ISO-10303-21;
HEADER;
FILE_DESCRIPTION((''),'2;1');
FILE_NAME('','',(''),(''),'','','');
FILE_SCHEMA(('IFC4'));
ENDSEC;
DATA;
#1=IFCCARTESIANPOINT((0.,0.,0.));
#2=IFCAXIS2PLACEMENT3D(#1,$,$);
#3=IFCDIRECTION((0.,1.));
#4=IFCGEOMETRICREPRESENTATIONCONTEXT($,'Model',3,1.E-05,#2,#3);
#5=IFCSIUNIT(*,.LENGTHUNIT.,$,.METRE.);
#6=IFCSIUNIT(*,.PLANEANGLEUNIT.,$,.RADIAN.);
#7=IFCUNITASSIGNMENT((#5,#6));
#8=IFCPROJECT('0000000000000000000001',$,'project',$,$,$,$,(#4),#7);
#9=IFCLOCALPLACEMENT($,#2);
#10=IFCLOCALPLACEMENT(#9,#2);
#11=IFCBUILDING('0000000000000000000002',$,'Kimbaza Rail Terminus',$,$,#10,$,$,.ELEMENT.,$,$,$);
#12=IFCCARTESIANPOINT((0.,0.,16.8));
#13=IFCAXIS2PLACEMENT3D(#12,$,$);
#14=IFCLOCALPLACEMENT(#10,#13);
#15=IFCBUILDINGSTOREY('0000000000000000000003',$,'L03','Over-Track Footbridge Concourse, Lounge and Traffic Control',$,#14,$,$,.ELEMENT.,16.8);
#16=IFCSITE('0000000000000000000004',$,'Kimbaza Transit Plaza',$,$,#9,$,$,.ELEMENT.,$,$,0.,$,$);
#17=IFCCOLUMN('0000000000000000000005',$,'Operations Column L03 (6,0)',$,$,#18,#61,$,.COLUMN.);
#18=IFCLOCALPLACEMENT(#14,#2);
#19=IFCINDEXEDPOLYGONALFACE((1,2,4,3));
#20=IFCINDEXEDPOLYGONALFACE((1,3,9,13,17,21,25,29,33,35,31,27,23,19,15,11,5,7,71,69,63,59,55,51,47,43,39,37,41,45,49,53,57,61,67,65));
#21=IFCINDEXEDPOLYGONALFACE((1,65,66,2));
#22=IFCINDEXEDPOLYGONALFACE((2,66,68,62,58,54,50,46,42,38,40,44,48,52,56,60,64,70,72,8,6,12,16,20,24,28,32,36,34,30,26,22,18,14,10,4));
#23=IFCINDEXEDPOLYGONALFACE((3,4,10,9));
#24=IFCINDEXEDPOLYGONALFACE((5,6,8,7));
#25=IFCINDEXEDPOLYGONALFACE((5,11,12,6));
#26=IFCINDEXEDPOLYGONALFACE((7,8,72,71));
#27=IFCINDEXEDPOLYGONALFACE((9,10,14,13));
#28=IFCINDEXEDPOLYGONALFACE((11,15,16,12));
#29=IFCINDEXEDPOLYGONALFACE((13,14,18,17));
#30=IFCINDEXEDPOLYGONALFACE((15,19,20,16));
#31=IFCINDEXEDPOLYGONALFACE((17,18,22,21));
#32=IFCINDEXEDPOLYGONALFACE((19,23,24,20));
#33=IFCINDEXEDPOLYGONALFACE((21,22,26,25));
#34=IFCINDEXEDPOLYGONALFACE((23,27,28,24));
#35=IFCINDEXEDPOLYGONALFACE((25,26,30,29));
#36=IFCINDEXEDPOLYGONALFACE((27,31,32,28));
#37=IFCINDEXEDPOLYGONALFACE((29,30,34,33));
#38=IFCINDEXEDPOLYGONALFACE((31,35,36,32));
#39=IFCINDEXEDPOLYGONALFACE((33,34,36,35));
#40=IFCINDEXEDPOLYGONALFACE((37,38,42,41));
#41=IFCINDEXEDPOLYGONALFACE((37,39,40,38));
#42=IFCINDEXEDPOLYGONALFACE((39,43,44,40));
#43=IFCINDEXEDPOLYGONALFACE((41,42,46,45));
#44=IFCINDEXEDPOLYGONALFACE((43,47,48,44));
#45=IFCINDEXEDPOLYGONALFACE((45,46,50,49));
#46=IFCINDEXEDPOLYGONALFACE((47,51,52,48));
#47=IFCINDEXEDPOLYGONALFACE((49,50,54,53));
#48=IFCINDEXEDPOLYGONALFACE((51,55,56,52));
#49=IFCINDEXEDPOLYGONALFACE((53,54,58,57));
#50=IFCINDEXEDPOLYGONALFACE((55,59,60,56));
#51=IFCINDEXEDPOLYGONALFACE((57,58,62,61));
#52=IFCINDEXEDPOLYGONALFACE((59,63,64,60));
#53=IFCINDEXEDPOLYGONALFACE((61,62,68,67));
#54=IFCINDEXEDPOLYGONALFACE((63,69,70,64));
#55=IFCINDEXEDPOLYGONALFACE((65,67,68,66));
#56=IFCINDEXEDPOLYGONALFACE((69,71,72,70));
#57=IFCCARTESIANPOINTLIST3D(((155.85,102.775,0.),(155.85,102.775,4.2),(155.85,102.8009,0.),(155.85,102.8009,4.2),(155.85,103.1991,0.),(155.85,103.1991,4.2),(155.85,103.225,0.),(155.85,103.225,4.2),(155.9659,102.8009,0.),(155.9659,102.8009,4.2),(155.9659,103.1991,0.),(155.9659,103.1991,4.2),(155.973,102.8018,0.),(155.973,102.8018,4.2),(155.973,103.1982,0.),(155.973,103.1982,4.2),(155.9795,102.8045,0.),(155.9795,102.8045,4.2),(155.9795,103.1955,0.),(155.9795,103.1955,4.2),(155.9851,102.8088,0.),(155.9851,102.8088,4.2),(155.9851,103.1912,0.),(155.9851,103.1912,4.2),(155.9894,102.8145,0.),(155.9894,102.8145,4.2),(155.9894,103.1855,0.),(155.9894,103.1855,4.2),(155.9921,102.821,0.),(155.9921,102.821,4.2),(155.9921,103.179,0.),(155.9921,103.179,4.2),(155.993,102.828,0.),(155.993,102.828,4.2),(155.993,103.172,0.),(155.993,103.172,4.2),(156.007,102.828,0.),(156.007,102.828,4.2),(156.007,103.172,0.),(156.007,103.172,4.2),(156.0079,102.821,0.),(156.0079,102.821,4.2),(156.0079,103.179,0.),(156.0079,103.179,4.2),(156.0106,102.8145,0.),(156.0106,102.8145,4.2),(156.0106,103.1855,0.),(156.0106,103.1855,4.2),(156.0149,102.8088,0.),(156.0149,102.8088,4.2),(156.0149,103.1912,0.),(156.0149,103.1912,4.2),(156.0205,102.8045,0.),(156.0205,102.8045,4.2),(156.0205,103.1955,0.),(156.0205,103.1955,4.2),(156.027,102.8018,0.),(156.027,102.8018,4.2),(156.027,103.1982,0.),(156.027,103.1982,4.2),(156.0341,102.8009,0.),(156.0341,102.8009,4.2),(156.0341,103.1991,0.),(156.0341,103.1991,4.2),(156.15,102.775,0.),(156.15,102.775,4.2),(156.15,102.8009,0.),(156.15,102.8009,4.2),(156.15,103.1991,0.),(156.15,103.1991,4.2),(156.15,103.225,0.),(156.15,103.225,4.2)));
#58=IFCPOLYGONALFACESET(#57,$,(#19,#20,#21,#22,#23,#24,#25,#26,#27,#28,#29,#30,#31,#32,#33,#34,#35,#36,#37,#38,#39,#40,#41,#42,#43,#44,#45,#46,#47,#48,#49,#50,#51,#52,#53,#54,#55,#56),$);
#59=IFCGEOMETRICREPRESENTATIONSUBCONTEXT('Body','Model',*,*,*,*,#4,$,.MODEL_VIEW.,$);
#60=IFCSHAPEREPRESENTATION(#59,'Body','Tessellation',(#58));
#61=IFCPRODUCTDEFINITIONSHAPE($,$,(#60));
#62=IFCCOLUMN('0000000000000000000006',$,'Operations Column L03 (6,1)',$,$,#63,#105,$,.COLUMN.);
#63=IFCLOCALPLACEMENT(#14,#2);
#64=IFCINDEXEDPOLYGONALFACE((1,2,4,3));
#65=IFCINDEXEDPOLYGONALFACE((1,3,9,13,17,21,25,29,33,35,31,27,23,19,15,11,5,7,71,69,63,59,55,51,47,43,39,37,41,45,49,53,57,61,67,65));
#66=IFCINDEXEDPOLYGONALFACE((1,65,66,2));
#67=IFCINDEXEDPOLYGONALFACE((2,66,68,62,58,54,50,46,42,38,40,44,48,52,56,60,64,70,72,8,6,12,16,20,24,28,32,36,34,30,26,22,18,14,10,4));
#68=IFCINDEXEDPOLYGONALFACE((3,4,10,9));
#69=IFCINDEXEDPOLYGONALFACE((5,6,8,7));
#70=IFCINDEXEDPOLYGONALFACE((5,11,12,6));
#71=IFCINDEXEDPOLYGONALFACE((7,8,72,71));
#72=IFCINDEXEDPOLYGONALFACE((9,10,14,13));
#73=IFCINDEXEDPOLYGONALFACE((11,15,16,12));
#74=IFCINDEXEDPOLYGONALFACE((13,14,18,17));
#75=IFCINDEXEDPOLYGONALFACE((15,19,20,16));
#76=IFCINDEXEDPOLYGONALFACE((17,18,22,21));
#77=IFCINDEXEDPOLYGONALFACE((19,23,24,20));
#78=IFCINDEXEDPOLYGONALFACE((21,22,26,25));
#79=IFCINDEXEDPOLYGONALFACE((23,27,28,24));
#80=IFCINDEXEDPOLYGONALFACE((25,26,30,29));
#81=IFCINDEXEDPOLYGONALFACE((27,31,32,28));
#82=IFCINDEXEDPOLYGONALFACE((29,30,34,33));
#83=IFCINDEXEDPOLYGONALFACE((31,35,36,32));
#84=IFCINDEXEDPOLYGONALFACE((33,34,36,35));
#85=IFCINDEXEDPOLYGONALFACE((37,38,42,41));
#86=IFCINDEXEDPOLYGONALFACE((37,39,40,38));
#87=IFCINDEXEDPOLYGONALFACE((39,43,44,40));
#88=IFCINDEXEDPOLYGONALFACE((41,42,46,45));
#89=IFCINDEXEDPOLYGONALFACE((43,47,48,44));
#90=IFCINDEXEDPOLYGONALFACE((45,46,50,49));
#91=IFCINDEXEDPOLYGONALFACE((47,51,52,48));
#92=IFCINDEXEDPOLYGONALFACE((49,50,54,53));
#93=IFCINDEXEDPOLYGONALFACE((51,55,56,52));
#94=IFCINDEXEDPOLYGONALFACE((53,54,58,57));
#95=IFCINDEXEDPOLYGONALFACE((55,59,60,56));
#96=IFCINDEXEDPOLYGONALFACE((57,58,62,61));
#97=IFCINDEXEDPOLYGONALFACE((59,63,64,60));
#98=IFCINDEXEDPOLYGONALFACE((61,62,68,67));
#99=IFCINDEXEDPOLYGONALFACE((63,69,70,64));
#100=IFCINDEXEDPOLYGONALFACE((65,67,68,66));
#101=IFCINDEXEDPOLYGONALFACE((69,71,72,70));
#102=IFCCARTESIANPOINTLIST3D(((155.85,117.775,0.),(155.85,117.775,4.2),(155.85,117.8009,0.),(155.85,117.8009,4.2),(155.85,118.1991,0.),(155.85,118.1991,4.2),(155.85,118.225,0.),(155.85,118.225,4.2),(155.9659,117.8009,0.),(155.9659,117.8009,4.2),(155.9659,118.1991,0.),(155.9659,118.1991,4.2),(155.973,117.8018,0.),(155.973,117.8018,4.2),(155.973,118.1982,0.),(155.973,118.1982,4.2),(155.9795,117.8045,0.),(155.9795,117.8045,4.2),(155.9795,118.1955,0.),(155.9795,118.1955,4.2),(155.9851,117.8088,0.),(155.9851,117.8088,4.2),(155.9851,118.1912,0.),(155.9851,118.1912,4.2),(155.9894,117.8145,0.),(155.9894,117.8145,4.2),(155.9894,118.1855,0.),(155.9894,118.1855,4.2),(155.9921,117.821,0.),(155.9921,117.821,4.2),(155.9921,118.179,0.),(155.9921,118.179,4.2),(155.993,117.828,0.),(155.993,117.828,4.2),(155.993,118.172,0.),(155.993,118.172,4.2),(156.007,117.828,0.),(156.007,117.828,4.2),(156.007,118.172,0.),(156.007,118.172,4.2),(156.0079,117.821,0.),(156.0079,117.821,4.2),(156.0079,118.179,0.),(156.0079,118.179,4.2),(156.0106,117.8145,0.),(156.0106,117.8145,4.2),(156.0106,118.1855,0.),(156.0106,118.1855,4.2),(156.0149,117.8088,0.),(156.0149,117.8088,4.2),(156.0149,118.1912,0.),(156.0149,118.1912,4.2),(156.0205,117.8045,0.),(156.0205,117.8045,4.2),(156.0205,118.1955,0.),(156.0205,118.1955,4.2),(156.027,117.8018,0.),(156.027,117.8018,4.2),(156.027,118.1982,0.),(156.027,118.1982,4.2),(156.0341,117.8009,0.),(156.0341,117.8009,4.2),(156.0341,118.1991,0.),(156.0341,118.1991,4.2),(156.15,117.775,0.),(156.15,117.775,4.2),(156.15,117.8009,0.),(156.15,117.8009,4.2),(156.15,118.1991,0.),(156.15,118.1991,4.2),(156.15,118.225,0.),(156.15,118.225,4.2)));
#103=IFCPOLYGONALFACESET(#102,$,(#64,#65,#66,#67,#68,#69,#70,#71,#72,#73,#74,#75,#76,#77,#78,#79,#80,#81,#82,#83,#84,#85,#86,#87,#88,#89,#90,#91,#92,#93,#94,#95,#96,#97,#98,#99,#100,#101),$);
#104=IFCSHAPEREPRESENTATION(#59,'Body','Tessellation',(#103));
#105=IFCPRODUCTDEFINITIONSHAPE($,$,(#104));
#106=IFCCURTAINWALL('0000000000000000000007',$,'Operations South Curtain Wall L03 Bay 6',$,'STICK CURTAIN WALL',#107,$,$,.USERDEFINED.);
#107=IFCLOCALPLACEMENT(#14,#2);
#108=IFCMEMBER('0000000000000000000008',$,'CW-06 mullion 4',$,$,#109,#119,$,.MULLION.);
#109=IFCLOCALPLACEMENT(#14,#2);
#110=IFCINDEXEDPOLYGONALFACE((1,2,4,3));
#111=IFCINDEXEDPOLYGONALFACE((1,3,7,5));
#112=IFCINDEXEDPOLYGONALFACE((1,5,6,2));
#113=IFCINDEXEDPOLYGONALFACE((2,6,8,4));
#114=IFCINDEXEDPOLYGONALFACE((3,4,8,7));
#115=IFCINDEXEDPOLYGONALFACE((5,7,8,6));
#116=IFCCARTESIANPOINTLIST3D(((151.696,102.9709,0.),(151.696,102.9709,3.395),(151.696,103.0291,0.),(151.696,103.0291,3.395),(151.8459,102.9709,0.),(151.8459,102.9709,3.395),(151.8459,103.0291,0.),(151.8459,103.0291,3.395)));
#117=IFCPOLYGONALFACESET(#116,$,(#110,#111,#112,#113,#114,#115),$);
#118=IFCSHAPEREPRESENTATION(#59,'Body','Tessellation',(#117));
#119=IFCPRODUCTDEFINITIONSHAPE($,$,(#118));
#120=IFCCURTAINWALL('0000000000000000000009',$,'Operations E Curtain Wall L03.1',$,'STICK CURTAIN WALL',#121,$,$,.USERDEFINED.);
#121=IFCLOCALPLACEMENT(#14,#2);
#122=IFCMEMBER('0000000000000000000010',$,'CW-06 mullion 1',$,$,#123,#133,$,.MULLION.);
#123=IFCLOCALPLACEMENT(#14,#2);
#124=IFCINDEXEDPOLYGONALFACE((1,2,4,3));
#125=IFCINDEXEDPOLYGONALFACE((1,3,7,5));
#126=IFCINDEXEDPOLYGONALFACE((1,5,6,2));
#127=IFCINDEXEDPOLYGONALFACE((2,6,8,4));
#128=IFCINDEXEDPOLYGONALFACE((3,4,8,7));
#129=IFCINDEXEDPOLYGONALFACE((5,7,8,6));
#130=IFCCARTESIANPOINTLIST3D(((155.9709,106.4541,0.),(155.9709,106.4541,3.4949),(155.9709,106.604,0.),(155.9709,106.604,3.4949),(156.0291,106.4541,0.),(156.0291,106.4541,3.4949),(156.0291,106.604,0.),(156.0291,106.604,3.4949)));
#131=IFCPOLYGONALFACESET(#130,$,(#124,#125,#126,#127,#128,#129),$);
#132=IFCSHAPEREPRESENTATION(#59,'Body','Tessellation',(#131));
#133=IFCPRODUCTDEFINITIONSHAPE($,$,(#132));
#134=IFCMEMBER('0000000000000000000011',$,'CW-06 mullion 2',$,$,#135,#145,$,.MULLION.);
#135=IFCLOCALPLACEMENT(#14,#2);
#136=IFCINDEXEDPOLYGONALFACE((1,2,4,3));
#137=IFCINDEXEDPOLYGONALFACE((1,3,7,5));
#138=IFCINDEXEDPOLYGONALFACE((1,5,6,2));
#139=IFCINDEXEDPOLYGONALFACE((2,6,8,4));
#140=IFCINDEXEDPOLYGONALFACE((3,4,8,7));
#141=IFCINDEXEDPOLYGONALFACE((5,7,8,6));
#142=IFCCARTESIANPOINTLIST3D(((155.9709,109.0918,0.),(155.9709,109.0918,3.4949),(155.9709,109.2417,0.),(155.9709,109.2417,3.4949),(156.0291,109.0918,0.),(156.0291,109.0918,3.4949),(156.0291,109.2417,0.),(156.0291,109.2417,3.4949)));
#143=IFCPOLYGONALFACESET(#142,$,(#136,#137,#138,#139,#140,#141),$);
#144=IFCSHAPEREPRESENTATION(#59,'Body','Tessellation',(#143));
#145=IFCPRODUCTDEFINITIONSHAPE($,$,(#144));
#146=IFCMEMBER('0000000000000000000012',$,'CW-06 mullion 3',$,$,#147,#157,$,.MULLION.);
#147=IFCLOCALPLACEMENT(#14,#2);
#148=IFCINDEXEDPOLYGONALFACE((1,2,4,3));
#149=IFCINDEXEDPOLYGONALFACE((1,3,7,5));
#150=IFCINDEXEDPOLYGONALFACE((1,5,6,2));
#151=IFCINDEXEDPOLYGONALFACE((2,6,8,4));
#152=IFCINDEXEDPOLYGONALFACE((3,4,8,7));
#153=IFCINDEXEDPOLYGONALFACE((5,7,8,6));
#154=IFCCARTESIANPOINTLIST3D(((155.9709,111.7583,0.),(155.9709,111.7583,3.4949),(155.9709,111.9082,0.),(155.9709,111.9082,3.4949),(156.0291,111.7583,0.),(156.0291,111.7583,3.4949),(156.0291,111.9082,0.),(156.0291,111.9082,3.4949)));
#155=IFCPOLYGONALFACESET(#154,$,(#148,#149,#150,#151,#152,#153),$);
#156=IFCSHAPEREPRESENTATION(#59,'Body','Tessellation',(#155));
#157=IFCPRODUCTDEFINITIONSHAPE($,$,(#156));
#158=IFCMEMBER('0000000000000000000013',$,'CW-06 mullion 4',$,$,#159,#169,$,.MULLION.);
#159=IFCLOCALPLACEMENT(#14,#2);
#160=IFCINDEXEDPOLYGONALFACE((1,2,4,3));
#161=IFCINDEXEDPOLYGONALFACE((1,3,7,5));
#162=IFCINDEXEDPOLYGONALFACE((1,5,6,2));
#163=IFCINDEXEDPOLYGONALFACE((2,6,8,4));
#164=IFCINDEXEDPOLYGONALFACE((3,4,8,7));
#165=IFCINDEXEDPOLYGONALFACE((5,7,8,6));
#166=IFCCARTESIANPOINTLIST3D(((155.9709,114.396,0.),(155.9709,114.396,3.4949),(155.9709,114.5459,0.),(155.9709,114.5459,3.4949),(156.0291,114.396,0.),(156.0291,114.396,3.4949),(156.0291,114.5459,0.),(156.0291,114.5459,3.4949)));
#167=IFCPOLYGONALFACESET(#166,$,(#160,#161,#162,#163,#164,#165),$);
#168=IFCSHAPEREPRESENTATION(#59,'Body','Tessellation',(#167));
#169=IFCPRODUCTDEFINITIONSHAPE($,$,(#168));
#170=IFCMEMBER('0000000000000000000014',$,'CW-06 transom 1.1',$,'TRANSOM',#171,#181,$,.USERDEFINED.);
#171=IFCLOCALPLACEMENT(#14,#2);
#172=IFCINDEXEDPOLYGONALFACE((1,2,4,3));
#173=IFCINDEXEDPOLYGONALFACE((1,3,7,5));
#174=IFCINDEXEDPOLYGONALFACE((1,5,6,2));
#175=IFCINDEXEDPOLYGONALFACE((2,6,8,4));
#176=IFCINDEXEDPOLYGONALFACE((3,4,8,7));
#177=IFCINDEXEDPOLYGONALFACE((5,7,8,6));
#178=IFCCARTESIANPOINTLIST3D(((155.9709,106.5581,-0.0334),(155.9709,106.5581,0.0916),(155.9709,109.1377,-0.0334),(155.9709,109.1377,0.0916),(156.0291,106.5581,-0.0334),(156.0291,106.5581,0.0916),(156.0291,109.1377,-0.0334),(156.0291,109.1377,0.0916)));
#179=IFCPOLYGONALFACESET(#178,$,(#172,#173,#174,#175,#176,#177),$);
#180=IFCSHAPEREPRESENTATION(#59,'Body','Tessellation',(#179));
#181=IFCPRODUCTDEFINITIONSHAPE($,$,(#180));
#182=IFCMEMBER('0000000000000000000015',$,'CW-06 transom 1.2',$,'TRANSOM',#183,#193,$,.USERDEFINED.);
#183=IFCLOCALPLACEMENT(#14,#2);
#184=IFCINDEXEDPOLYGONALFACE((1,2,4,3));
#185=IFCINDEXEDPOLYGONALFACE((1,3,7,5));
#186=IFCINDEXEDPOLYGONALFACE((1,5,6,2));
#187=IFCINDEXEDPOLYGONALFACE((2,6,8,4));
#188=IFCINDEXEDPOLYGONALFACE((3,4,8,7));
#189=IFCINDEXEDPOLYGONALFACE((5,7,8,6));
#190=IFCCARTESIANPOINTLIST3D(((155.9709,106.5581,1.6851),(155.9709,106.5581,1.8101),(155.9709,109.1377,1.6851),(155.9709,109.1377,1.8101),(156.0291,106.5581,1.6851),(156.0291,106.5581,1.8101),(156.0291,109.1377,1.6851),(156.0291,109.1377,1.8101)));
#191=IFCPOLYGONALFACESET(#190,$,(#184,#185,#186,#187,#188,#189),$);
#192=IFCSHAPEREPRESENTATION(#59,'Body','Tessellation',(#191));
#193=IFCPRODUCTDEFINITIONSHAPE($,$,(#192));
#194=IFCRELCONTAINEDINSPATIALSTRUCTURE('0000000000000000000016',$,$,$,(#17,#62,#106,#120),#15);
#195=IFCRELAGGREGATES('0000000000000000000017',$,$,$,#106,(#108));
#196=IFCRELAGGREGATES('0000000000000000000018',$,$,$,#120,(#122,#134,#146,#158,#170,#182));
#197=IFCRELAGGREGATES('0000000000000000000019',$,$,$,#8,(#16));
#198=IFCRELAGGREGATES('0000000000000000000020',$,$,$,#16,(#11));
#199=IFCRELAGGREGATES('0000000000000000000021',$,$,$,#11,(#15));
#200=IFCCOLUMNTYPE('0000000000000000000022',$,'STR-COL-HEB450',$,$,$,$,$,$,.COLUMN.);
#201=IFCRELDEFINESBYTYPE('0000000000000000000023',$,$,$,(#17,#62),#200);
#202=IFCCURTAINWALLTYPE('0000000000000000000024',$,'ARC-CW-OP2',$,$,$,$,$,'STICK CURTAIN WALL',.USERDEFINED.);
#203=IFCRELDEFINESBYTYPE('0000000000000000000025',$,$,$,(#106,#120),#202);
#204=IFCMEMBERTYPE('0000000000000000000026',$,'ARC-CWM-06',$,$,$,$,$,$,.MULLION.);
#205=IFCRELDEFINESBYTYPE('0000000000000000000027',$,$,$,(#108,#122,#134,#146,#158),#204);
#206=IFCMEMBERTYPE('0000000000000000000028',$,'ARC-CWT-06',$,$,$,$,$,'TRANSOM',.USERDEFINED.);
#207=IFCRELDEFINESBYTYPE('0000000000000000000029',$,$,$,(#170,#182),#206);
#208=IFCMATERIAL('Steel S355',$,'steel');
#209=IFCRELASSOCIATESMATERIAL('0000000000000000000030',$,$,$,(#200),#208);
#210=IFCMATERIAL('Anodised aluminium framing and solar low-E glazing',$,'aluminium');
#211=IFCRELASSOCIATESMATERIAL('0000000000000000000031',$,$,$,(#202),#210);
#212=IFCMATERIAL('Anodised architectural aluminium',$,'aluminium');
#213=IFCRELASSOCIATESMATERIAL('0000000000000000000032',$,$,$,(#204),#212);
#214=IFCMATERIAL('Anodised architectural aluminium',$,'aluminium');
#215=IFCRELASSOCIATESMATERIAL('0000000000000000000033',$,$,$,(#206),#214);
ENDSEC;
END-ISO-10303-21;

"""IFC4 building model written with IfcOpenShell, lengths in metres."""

from ifc_helpers import new_model, si_unit, direction, frame, origin, origin_2d, place, context, subcontext, project, spatial, rectangle, i_section, extrude, material, material_profile, profile_set, type_object, element, aggregate, save


model = new_model("IFC4")

# Units and contexts
model_context = context("Model", 3, precision=1e-05, world=origin(), true_north=direction((0.0, 1.0)))
body_context = subcontext(model_context, "Body", "Model", "MODEL_VIEW")
ifc_project = project(units=[si_unit("LENGTHUNIT", "METRE"), si_unit("PLANEANGLEUNIT", "RADIAN")], contexts=[model_context])

# Site, building, storey
site_placement = place(None, origin())
site = spatial("IfcSite", under=ifc_project, at=site_placement, Name="Kimbaza Transit Plaza", CompositionType="ELEMENT", RefElevation=0.0)
building_placement = place(site_placement, origin())
building = spatial("IfcBuilding", under=site, at=building_placement, Name="Kimbaza Rail Terminus", CompositionType="ELEMENT")
storey_placement = place(building_placement, frame((0.0, 0.0, 16.8)))
storey = spatial("IfcBuildingStorey", under=building, at=storey_placement, Name="L03", Description="Over-Track Footbridge Concourse, Lounge and Traffic Control", CompositionType="ELEMENT", Elevation=16.8)

# Columns
ifc_material_1 = material(Name="Steel S355", Category="steel")
ifc_material_profile_1 = material_profile(ifc_material_1, i_section(OverallWidth=0.3, OverallDepth=0.45, WebThickness=0.0139, FlangeThickness=0.0259, FilletRadius=0.0271, at=origin_2d()), Name="HEB 450")
ifc_profile_set_1 = profile_set([ifc_material_profile_1], Name="Steel S355")
column_type = type_object("IfcColumnType", Name="STR-COL-HEB450", PredefinedType="COLUMN", material=ifc_profile_set_1)
for number, where, z_axis, x_axis, name in (
    (1, (156.0, 103.0, 0.0), (0.0, 0.0, 1.0), (1.0, 0.0, 0.0), "Operations Column L03 (6,0)"),
    (2, (156.0, 118.0, 0.0), (0.0, 0.0, 1.0), (1.0, 0.0, 0.0), "Operations Column L03 (6,1)"),
):
    element("IfcColumn", number, at=place(storey_placement, frame(where, z_axis=z_axis, x_axis=x_axis)), inside=storey, type_object=column_type, Name=name, PredefinedType="COLUMN", context=body_context, shape_type="SweptSolid", body=[
        extrude(i_section(OverallWidth=0.3, OverallDepth=0.45, WebThickness=0.0139, FlangeThickness=0.0259, FilletRadius=0.0271, at=origin_2d()), origin(), (0.0, 0.0, 1.0), 4.2),
    ])

# Curtain wall, member
ifc_material_2 = material(Name="Anodised aluminium framing and solar low-E glazing", Category="aluminium")
curtain_wall_type = type_object("IfcCurtainWallType", Name="ARC-CW-OP2", ElementType="STICK CURTAIN WALL", PredefinedType="USERDEFINED", material=ifc_material_2)
curtain_wall_1_placement = place(storey_placement, origin())
curtain_wall_1 = element("IfcCurtainWall", 3, at=curtain_wall_1_placement, inside=storey, type_object=curtain_wall_type, Name="Operations South Curtain Wall L03 Bay 6", ObjectType="STICK CURTAIN WALL", PredefinedType="USERDEFINED")
ifc_material_3 = material(Name="Anodised architectural aluminium", Category="aluminium")
ifc_material_profile_2 = material_profile(ifc_material_3, rectangle(XDim=0.0581, YDim=0.1499, at=origin_2d()), Name="MULLION 58x150")
ifc_profile_set_2 = profile_set([ifc_material_profile_2], Name="Anodised architectural aluminium")
member_type_1 = type_object("IfcMemberType", Name="ARC-CWM-06", PredefinedType="MULLION", material=ifc_profile_set_2)
member_1_placement = place(storey_placement, frame((151.771, 103.0, 0.0), z_axis=(0.0, 0.0, 1.0), x_axis=(0.0, 1.0, 0.0)))
member_1 = element("IfcMember", 4, at=member_1_placement, type_object=member_type_1, Name="CW-06 mullion 4", PredefinedType="MULLION", context=body_context, shape_type="SweptSolid", body=[
    extrude(rectangle(XDim=0.0581, YDim=0.1499, at=origin_2d()), origin(), (0.0, 0.0, 1.0), 3.395),
])
aggregate(curtain_wall_1, [member_1])

# Curtain wall, members
curtain_wall_2_placement = place(storey_placement, origin())
curtain_wall_2 = element("IfcCurtainWall", 5, at=curtain_wall_2_placement, inside=storey, type_object=curtain_wall_type, Name="Operations E Curtain Wall L03.1", ObjectType="STICK CURTAIN WALL", PredefinedType="USERDEFINED")
member_2_placement = place(storey_placement, frame((156.0, 106.5291, 0.0), z_axis=(0.0, 0.0, 1.0), x_axis=(-1.0, 0.0, 0.0)))
member_2 = element("IfcMember", 6, at=member_2_placement, type_object=member_type_1, Name="CW-06 mullion 1", PredefinedType="MULLION", context=body_context, shape_type="SweptSolid", body=[
    extrude(rectangle(XDim=0.0581, YDim=0.1499, at=origin_2d()), origin(), (0.0, 0.0, 1.0), 3.4949),
])
member_3_placement = place(storey_placement, frame((156.0, 109.1667, 0.0), z_axis=(0.0, 0.0, 1.0), x_axis=(-1.0, 0.0, 0.0)))
member_3 = element("IfcMember", 7, at=member_3_placement, type_object=member_type_1, Name="CW-06 mullion 2", PredefinedType="MULLION", context=body_context, shape_type="SweptSolid", body=[
    extrude(rectangle(XDim=0.0581, YDim=0.1499, at=origin_2d()), origin(), (0.0, 0.0, 1.0), 3.4949),
])
member_4_placement = place(storey_placement, frame((156.0, 111.8333, 0.0), z_axis=(0.0, 0.0, 1.0), x_axis=(-1.0, 0.0, 0.0)))
member_4 = element("IfcMember", 8, at=member_4_placement, type_object=member_type_1, Name="CW-06 mullion 3", PredefinedType="MULLION", context=body_context, shape_type="SweptSolid", body=[
    extrude(rectangle(XDim=0.0581, YDim=0.1499, at=origin_2d()), origin(), (0.0, 0.0, 1.0), 3.4949),
])
member_5_placement = place(storey_placement, frame((156.0, 114.4709, 0.0), z_axis=(0.0, 0.0, 1.0), x_axis=(-1.0, 0.0, 0.0)))
member_5 = element("IfcMember", 9, at=member_5_placement, type_object=member_type_1, Name="CW-06 mullion 4", PredefinedType="MULLION", context=body_context, shape_type="SweptSolid", body=[
    extrude(rectangle(XDim=0.0581, YDim=0.1499, at=origin_2d()), origin(), (0.0, 0.0, 1.0), 3.4949),
])
ifc_material_4 = material(Name="Anodised architectural aluminium", Category="aluminium")
ifc_material_profile_3 = material_profile(ifc_material_4, rectangle(XDim=0.0581, YDim=0.125, at=origin_2d()), Name="TRANSOM 58x125")
ifc_profile_set_3 = profile_set([ifc_material_profile_3], Name="Anodised architectural aluminium")
member_type_2 = type_object("IfcMemberType", Name="ARC-CWT-06", ElementType="TRANSOM", PredefinedType="USERDEFINED", material=ifc_profile_set_3)
member_6_placement = place(storey_placement, frame((156.0, 106.5581, 0.0291), z_axis=(0.0, 1.0, 0.0), x_axis=(-1.0, 0.0, 0.0)))
member_6 = element("IfcMember", 10, at=member_6_placement, type_object=member_type_2, Name="CW-06 transom 1.1", ObjectType="TRANSOM", PredefinedType="USERDEFINED", context=body_context, shape_type="SweptSolid", body=[
    extrude(rectangle(XDim=0.0581, YDim=0.125, at=origin_2d()), origin(), (0.0, 0.0, 1.0), 2.5796),
])
member_7_placement = place(storey_placement, frame((156.0, 106.5581, 1.7476), z_axis=(0.0, 1.0, 0.0), x_axis=(-1.0, 0.0, 0.0)))
member_7 = element("IfcMember", 11, at=member_7_placement, type_object=member_type_2, Name="CW-06 transom 1.2", ObjectType="TRANSOM", PredefinedType="USERDEFINED", context=body_context, shape_type="SweptSolid", body=[
    extrude(rectangle(XDim=0.0581, YDim=0.125, at=origin_2d()), origin(), (0.0, 0.0, 1.0), 2.5796),
])

aggregate(curtain_wall_2, [member_2, member_3, member_4, member_5, member_6, member_7])

save(model, "model.ifc")
